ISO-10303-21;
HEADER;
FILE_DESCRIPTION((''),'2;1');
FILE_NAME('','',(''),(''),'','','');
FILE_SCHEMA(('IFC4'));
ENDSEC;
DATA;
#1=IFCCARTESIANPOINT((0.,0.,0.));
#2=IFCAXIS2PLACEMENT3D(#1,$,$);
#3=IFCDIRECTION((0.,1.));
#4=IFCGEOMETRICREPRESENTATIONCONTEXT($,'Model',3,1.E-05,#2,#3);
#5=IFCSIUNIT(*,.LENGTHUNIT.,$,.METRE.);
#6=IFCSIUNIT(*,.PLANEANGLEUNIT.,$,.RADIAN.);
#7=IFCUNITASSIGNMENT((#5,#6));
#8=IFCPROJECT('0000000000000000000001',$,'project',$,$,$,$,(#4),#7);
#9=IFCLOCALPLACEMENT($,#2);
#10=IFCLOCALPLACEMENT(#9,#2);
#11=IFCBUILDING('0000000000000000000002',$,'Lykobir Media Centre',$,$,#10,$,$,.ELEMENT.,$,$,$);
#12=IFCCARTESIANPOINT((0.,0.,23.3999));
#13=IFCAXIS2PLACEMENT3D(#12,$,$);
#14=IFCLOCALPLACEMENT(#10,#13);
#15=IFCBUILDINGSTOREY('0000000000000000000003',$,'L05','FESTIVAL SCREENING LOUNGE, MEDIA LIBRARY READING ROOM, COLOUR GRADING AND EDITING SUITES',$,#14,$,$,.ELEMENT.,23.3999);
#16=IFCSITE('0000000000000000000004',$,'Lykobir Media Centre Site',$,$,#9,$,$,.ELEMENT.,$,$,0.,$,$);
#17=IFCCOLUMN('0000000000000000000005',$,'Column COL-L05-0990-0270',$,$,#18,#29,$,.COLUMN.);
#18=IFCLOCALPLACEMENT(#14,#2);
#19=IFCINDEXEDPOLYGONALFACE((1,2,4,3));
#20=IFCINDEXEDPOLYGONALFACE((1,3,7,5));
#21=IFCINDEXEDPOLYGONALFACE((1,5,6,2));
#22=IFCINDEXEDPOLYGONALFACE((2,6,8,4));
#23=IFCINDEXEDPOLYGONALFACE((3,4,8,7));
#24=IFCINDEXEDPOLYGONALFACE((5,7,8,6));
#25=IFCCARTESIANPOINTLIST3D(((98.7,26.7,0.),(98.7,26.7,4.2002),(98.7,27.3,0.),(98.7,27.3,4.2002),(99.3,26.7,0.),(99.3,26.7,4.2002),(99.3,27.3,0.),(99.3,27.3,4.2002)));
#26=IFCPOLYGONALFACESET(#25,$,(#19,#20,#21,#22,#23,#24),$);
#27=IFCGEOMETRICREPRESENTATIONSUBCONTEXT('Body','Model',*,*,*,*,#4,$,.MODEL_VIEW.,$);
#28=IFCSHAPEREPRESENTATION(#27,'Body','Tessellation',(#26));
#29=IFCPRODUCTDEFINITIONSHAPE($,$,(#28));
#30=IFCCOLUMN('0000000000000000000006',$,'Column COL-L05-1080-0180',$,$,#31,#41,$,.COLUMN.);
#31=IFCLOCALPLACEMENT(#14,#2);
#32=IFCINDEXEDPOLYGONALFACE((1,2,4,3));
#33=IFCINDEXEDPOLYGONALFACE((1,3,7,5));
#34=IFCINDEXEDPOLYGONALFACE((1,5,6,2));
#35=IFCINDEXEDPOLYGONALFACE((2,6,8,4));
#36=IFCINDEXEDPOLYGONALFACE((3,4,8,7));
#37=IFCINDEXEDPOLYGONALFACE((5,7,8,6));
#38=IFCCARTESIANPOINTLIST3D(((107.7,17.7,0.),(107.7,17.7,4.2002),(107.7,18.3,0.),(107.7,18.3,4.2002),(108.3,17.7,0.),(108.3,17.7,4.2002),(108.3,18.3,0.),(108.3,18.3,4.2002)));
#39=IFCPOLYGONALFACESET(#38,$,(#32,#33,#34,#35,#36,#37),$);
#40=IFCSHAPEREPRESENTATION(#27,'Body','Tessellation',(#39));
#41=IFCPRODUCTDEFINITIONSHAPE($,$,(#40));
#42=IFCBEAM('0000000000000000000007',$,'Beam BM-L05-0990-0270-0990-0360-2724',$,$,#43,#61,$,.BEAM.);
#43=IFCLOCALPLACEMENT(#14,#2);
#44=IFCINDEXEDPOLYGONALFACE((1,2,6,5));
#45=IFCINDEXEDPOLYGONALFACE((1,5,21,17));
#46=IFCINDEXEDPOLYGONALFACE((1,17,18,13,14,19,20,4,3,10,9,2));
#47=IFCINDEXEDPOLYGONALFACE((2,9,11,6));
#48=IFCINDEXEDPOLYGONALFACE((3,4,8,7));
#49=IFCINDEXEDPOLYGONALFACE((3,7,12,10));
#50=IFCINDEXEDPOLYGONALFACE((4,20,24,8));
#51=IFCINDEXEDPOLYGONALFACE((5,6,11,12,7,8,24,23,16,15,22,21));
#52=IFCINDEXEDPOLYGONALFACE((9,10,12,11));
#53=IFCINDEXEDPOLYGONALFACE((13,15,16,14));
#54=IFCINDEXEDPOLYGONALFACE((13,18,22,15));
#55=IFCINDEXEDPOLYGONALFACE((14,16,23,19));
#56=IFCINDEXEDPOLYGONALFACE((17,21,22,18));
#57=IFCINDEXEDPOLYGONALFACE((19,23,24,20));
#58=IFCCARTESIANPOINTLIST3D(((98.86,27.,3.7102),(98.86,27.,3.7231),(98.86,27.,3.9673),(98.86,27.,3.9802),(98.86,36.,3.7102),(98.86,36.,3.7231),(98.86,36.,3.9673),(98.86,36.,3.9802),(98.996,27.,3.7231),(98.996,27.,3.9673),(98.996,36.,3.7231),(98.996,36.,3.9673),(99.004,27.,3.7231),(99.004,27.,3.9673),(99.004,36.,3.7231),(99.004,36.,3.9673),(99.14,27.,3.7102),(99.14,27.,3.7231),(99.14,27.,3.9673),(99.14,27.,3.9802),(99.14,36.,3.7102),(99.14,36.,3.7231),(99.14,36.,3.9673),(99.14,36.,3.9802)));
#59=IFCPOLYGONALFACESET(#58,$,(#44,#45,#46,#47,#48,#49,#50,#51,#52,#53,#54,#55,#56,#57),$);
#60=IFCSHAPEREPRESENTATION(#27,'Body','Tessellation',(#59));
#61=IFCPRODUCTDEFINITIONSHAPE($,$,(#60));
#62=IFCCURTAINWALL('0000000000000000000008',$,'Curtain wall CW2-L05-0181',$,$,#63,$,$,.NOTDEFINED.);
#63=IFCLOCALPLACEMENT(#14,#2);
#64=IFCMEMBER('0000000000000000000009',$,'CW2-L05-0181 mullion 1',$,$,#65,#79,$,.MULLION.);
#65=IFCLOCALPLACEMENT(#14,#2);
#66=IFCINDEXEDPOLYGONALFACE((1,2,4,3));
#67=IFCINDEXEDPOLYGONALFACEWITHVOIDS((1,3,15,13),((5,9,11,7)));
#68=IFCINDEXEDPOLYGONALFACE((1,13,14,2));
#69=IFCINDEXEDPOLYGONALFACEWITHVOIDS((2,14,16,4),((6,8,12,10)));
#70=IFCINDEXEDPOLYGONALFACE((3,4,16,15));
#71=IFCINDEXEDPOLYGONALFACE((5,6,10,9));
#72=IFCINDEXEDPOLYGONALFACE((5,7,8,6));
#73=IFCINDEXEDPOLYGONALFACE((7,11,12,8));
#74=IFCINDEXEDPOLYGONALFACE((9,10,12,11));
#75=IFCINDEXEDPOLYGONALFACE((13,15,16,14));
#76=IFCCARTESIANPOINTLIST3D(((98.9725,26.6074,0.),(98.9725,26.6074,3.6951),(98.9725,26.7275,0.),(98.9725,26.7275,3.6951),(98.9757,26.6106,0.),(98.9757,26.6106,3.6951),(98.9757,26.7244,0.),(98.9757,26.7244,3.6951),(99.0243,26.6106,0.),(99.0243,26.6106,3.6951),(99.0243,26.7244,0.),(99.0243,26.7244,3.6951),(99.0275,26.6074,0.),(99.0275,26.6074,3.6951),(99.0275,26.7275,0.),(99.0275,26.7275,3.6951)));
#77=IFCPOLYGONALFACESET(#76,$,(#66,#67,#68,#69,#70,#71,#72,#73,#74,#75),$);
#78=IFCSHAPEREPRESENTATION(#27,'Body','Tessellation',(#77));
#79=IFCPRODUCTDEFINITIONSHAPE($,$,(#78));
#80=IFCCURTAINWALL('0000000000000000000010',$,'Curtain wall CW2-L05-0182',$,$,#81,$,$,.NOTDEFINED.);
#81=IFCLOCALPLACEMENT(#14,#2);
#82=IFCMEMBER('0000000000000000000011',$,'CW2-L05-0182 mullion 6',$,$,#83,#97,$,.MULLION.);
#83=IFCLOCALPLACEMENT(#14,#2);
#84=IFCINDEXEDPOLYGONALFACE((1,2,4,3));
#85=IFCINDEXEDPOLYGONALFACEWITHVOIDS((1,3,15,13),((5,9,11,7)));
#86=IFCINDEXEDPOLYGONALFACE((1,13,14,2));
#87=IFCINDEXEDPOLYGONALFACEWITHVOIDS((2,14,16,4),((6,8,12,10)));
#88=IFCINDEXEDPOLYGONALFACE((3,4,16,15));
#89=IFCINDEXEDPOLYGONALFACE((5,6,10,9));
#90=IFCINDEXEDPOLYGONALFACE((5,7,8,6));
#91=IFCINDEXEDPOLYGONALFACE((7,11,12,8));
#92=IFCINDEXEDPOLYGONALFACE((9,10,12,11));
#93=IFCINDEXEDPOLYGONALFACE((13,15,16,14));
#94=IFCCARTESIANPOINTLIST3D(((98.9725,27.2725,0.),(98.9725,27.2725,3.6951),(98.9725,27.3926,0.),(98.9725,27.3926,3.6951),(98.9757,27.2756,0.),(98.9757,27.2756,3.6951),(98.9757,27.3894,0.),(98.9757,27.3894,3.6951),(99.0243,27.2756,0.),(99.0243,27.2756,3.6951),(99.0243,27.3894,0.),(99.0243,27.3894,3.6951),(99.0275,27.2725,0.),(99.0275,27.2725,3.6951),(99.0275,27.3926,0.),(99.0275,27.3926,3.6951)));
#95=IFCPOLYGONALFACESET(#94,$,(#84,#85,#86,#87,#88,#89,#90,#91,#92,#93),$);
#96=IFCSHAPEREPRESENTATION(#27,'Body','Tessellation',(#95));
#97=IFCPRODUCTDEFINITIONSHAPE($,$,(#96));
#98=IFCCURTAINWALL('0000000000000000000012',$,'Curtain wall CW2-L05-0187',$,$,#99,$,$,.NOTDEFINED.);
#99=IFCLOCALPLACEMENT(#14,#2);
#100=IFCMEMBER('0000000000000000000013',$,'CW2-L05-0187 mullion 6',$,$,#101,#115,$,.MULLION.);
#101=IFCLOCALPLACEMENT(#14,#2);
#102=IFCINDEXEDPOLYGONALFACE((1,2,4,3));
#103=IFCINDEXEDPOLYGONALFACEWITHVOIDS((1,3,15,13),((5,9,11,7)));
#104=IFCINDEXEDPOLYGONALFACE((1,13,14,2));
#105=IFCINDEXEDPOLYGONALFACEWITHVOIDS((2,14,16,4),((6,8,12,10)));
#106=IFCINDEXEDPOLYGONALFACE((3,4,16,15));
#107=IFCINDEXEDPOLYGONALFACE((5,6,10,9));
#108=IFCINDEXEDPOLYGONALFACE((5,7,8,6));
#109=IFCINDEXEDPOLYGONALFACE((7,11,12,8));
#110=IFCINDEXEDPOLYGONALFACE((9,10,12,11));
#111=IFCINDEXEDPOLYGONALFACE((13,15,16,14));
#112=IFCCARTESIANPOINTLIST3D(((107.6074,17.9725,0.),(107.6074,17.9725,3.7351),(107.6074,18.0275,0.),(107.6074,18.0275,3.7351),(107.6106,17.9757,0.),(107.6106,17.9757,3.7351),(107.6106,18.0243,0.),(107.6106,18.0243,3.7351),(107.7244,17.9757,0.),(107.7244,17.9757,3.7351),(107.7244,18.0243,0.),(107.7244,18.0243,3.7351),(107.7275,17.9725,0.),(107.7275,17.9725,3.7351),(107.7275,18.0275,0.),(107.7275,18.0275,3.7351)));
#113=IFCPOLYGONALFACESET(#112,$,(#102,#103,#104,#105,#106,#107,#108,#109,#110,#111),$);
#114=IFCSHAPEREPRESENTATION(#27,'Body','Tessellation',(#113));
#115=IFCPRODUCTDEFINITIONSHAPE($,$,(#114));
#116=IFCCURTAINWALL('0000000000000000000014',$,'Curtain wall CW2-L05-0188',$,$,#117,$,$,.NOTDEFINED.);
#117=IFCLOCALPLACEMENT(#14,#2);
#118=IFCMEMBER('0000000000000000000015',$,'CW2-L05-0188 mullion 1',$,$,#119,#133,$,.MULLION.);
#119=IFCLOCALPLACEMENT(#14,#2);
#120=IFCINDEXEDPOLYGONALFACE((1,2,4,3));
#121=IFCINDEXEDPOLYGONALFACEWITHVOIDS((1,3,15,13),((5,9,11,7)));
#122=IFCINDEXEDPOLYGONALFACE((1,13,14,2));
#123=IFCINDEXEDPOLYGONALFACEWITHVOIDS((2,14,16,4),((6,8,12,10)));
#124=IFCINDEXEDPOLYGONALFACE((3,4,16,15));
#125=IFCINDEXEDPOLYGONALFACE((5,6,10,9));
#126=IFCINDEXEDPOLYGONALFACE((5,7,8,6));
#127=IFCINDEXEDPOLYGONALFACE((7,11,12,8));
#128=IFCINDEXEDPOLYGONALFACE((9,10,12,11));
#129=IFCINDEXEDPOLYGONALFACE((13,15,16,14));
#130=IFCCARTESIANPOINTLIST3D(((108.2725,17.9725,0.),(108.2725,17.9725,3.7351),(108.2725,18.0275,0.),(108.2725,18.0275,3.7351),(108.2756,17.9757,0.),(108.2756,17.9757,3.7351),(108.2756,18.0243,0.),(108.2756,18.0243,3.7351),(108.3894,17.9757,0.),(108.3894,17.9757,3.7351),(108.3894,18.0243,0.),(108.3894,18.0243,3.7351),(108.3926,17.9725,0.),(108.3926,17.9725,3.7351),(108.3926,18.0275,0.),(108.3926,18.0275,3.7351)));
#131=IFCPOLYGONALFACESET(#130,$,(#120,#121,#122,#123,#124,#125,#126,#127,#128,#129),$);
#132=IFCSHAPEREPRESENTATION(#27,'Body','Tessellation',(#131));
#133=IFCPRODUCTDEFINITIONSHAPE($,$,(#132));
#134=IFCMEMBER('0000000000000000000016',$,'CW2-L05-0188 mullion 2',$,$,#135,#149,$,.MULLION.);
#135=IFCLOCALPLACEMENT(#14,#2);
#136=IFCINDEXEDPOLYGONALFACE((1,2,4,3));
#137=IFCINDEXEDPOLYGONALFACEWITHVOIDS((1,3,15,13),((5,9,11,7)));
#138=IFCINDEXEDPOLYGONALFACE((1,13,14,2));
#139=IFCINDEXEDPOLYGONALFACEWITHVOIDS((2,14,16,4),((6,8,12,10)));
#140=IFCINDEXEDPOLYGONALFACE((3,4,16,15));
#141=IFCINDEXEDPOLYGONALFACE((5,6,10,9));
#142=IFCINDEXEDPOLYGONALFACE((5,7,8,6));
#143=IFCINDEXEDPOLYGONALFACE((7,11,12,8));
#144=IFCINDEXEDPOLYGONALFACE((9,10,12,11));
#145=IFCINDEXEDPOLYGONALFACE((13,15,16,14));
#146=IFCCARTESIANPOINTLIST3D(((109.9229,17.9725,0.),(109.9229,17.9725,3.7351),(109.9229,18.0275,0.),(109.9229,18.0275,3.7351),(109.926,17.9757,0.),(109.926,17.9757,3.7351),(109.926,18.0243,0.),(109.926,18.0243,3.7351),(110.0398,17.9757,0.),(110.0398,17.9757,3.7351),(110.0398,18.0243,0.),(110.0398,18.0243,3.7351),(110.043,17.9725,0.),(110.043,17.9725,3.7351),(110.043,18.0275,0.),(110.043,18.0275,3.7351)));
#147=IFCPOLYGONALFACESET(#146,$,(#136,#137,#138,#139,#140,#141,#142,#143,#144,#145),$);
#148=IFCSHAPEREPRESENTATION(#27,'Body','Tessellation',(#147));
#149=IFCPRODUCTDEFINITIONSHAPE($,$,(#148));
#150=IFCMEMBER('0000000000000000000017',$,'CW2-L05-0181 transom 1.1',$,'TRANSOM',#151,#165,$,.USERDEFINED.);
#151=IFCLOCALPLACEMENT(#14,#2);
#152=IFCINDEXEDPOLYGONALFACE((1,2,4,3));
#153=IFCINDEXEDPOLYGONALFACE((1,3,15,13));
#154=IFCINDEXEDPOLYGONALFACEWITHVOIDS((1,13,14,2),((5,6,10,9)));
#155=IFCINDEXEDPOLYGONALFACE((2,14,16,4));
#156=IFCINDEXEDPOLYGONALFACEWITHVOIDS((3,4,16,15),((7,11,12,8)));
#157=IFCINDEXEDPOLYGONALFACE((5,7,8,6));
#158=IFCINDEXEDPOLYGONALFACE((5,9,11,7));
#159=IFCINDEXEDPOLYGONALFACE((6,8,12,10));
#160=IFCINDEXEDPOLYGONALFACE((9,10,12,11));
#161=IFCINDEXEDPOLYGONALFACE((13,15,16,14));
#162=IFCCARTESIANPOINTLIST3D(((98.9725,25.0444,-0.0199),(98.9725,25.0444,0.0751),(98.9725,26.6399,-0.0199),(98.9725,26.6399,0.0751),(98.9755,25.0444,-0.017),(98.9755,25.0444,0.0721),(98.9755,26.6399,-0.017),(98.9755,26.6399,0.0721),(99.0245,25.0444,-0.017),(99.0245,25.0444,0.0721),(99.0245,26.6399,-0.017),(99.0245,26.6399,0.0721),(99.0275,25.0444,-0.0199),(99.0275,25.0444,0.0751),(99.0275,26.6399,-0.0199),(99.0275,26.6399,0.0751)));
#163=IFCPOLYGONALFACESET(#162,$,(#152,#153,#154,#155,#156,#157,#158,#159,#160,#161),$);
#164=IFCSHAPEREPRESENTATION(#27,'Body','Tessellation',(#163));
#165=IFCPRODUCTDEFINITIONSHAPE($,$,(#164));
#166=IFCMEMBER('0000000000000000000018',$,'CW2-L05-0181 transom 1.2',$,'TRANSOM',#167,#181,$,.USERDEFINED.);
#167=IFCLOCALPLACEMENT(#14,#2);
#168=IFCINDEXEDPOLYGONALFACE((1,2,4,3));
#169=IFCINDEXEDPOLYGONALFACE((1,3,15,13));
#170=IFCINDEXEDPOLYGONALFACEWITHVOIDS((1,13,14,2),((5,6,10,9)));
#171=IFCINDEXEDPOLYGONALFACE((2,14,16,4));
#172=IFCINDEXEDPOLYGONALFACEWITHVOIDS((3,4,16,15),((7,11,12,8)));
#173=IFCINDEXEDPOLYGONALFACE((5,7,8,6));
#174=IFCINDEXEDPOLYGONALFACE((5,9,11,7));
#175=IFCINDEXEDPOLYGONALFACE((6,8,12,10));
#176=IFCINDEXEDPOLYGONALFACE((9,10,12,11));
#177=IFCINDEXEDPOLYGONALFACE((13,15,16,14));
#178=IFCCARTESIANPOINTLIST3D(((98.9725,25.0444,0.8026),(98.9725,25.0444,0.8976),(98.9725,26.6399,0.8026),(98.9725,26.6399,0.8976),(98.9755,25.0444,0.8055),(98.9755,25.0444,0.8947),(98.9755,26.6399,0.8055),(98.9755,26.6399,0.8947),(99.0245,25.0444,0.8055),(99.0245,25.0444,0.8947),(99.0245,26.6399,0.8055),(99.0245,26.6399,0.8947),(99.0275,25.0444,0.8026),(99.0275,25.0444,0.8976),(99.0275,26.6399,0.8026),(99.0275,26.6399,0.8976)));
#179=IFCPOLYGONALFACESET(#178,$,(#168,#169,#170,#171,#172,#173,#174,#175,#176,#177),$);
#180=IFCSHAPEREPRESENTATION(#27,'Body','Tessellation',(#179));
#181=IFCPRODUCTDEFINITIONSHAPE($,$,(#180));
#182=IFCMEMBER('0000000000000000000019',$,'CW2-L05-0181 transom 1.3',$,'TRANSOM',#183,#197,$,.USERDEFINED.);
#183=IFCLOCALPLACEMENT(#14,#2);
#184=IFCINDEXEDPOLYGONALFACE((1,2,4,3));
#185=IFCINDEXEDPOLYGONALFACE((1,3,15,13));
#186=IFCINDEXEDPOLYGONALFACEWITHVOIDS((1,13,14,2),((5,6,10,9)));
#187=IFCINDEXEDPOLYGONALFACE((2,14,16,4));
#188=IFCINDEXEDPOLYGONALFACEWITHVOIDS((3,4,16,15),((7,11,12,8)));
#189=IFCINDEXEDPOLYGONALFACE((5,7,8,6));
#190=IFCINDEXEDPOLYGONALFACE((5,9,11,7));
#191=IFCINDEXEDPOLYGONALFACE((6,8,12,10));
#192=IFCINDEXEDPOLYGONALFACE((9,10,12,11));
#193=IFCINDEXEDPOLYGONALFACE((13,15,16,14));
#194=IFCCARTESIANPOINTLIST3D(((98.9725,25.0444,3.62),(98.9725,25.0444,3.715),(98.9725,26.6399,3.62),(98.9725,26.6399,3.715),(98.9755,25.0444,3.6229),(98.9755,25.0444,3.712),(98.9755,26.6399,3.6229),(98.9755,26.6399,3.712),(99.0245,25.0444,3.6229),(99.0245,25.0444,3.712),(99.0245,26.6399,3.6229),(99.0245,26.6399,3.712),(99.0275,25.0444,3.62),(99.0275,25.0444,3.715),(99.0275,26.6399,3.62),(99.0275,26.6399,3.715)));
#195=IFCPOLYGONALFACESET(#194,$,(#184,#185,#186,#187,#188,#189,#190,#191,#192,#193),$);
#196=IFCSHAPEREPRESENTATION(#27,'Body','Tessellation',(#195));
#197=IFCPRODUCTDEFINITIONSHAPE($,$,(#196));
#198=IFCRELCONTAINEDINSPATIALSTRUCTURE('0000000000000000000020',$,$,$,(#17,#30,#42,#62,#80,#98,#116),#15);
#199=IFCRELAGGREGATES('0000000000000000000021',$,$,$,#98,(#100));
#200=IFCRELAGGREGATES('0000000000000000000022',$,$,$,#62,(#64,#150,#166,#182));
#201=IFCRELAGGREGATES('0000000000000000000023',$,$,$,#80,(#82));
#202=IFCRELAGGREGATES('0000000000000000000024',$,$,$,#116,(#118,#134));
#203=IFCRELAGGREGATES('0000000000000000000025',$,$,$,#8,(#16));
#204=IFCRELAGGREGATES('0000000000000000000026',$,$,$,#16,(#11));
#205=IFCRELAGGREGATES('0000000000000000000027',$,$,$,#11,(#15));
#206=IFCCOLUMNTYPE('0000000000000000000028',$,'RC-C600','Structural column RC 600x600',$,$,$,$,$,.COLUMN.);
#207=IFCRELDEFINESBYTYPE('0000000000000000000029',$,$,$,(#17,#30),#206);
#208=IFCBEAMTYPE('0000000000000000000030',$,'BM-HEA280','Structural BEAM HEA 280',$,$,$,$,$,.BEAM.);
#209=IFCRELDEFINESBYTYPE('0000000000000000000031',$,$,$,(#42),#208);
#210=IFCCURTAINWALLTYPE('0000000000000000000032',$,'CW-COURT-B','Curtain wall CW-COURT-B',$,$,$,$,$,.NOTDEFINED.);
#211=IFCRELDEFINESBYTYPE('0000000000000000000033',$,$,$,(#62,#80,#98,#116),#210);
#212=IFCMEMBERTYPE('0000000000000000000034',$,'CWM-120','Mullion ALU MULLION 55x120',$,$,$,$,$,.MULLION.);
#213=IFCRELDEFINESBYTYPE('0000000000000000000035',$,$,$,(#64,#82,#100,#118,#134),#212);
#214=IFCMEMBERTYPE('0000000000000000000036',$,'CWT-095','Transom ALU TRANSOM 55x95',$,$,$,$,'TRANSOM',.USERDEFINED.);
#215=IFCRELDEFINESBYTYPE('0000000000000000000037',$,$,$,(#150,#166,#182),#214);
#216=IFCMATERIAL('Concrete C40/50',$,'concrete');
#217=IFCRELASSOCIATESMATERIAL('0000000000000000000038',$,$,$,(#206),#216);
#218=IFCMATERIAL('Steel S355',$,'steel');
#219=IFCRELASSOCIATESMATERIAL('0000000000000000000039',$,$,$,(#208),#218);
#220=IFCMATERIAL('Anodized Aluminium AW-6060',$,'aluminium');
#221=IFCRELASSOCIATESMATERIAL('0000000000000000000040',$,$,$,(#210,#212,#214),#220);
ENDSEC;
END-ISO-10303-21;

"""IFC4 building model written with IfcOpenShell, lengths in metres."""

from ifc_helpers import new_model, si_unit, direction, frame, origin, origin_2d, place, context, subcontext, project, spatial, rectangle, hollow_rectangle, i_section, extrude, material, material_profile, profile_set, type_object, element, aggregate, save


model = new_model("IFC4")

# Units and contexts
model_context = context("Model", 3, precision=1e-05, world=origin(), true_north=direction((0.0, 1.0)))
body_context = subcontext(model_context, "Body", "Model", "MODEL_VIEW")
ifc_project = project(units=[si_unit("LENGTHUNIT", "METRE"), si_unit("PLANEANGLEUNIT", "RADIAN")], contexts=[model_context])

# Site, building, storey
site_placement = place(None, origin())
site = spatial("IfcSite", under=ifc_project, at=site_placement, Name="Lykobir Media Centre Site", CompositionType="ELEMENT", RefElevation=0.0)
building_placement = place(site_placement, origin())
building = spatial("IfcBuilding", under=site, at=building_placement, Name="Lykobir Media Centre", CompositionType="ELEMENT")
storey_placement = place(building_placement, frame((0.0, 0.0, 23.3999)))
storey = spatial("IfcBuildingStorey", under=building, at=storey_placement, Name="L05", Description="FESTIVAL SCREENING LOUNGE, MEDIA LIBRARY READING ROOM, COLOUR GRADING AND EDITING SUITES", CompositionType="ELEMENT", Elevation=23.3999)

# Columns
ifc_material_1 = material(Name="Concrete C40/50", Category="concrete")
ifc_material_profile_1 = material_profile(ifc_material_1, rectangle(XDim=0.6001, YDim=0.6001, at=origin_2d()), Name="RC 600x600")
ifc_profile_set_1 = profile_set([ifc_material_profile_1], Name="Concrete C40/50")
column_type = type_object("IfcColumnType", Name="RC-C600", Description="Structural column RC 600x600", PredefinedType="COLUMN", material=ifc_profile_set_1)
for number, where, z_axis, x_axis, name in (
    (1, (99.0, 27.0, 0.0), (0.0, 0.0, 1.0), (1.0, 0.0, 0.0), "Column COL-L05-0990-0270"),
    (2, (108.0, 18.0, 0.0), (0.0, 0.0, 1.0), (1.0, 0.0, 0.0), "Column COL-L05-1080-0180"),
):
    element("IfcColumn", number, at=place(storey_placement, frame(where, z_axis=z_axis, x_axis=x_axis)), inside=storey, type_object=column_type, Name=name, PredefinedType="COLUMN", context=body_context, shape_type="SweptSolid", body=[
        extrude(rectangle(XDim=0.6001, YDim=0.6001, at=origin_2d()), origin(), (0.0, 0.0, 1.0), 4.2002),
    ])

# Beam
ifc_material_2 = material(Name="Steel S355", Category="steel")
ifc_material_profile_2 = material_profile(ifc_material_2, i_section(OverallWidth=0.28, OverallDepth=0.27, WebThickness=0.0081, FlangeThickness=0.0129, at=origin_2d()), Name="HEA 280")
ifc_profile_set_2 = profile_set([ifc_material_profile_2], Name="Steel S355")
beam_type_1 = type_object("IfcBeamType", Name="BM-HEA280", Description="Structural BEAM HEA 280", PredefinedType="BEAM", material=ifc_profile_set_2)
beam_1_placement = place(storey_placement, frame((99.0, 27.0, 3.8452), z_axis=(0.0, 1.0, 0.0), x_axis=(-1.0, 0.0, 0.0)))
element("IfcBeam", 3, at=beam_1_placement, inside=storey, type_object=beam_type_1, Name="Beam BM-L05-0990-0270-0990-0360-2724", PredefinedType="BEAM", context=body_context, shape_type="SweptSolid", body=[
    extrude(i_section(OverallWidth=0.28, OverallDepth=0.27, WebThickness=0.0081, FlangeThickness=0.0129, at=origin_2d()), origin(), (0.0, 0.0, 1.0), 9.0),
])

# Curtain walls, members
ifc_material_3 = material(Name="Anodized Aluminium AW-6060", Category="aluminium")
curtain_wall_type = type_object("IfcCurtainWallType", Name="CW-COURT-B", Description="Curtain wall CW-COURT-B", PredefinedType="NOTDEFINED", material=ifc_material_3)
curtain_wall_1_placement = place(storey_placement, origin())
curtain_wall_1 = element("IfcCurtainWall", 4, at=curtain_wall_1_placement, inside=storey, type_object=curtain_wall_type, Name="Curtain wall CW2-L05-0181", PredefinedType="NOTDEFINED")
ifc_material_profile_3 = material_profile(ifc_material_3, hollow_rectangle(XDim=0.0549, YDim=0.1201, WallThickness=0.0032, at=origin_2d()), Name="ALU MULLION 55x120")
ifc_profile_set_3 = profile_set([ifc_material_profile_3], Name="Anodized Aluminium AW-6060")
member_type_1 = type_object("IfcMemberType", Name="CWM-120", Description="Mullion ALU MULLION 55x120", PredefinedType="MULLION", material=ifc_profile_set_3)
member_1_placement = place(storey_placement, frame((99.0, 26.6675, 0.0), z_axis=(0.0, 0.0, 1.0), x_axis=(1.0, 0.0, 0.0)))
member_1 = element("IfcMember", 5, at=member_1_placement, type_object=member_type_1, Name="CW2-L05-0181 mullion 1", PredefinedType="MULLION", context=body_context, shape_type="SweptSolid", body=[
    extrude(hollow_rectangle(XDim=0.0549, YDim=0.1201, WallThickness=0.0032, at=origin_2d()), origin(), (0.0, 0.0, 1.0), 3.6951),
])
curtain_wall_2_placement = place(storey_placement, origin())
curtain_wall_2 = element("IfcCurtainWall", 6, at=curtain_wall_2_placement, inside=storey, type_object=curtain_wall_type, Name="Curtain wall CW2-L05-0182", PredefinedType="NOTDEFINED")
member_2_placement = place(storey_placement, frame((99.0, 27.3325, 0.0), z_axis=(0.0, 0.0, 1.0), x_axis=(1.0, 0.0, 0.0)))
member_2 = element("IfcMember", 7, at=member_2_placement, type_object=member_type_1, Name="CW2-L05-0182 mullion 6", PredefinedType="MULLION", context=body_context, shape_type="SweptSolid", body=[
    extrude(hollow_rectangle(XDim=0.0549, YDim=0.1201, WallThickness=0.0032, at=origin_2d()), origin(), (0.0, 0.0, 1.0), 3.6951),
])
curtain_wall_3_placement = place(storey_placement, origin())
curtain_wall_3 = element("IfcCurtainWall", 8, at=curtain_wall_3_placement, inside=storey, type_object=curtain_wall_type, Name="Curtain wall CW2-L05-0187", PredefinedType="NOTDEFINED")
member_3_placement = place(storey_placement, frame((107.6675, 18.0, 0.0), z_axis=(0.0, 0.0, 1.0), x_axis=(0.0, 1.0, 0.0)))
member_3 = element("IfcMember", 9, at=member_3_placement, type_object=member_type_1, Name="CW2-L05-0187 mullion 6", PredefinedType="MULLION", context=body_context, shape_type="SweptSolid", body=[
    extrude(hollow_rectangle(XDim=0.0549, YDim=0.1201, WallThickness=0.0032, at=origin_2d()), origin(), (0.0, 0.0, 1.0), 3.7351),
])
aggregate(curtain_wall_3, [member_3])

# Curtain wall, members
curtain_wall_4_placement = place(storey_placement, origin())
curtain_wall_4 = element("IfcCurtainWall", 10, at=curtain_wall_4_placement, inside=storey, type_object=curtain_wall_type, Name="Curtain wall CW2-L05-0188", PredefinedType="NOTDEFINED")
member_4_placement = place(storey_placement, frame((108.3325, 18.0, 0.0), z_axis=(0.0, 0.0, 1.0), x_axis=(0.0, 1.0, 0.0)))
member_4 = element("IfcMember", 11, at=member_4_placement, type_object=member_type_1, Name="CW2-L05-0188 mullion 1", PredefinedType="MULLION", context=body_context, shape_type="SweptSolid", body=[
    extrude(hollow_rectangle(XDim=0.0549, YDim=0.1201, WallThickness=0.0032, at=origin_2d()), origin(), (0.0, 0.0, 1.0), 3.7351),
])
member_5_placement = place(storey_placement, frame((109.9829, 18.0, 0.0), z_axis=(0.0, 0.0, 1.0), x_axis=(0.0, 1.0, 0.0)))
member_5 = element("IfcMember", 12, at=member_5_placement, type_object=member_type_1, Name="CW2-L05-0188 mullion 2", PredefinedType="MULLION", context=body_context, shape_type="SweptSolid", body=[
    extrude(hollow_rectangle(XDim=0.0549, YDim=0.1201, WallThickness=0.0032, at=origin_2d()), origin(), (0.0, 0.0, 1.0), 3.7351),
])

# Members
ifc_material_profile_4 = material_profile(ifc_material_3, hollow_rectangle(XDim=0.0549, YDim=0.095, WallThickness=0.0029, at=origin_2d()), Name="ALU TRANSOM 55x95")
ifc_profile_set_4 = profile_set([ifc_material_profile_4], Name="Anodized Aluminium AW-6060")
member_type_2 = type_object("IfcMemberType", Name="CWT-095", Description="Transom ALU TRANSOM 55x95", ElementType="TRANSOM", PredefinedType="USERDEFINED", material=ifc_profile_set_4)
member_6_placement = place(storey_placement, frame((99.0, 26.6399, 0.0276), z_axis=(0.0, -1.0, 0.0), x_axis=(1.0, 0.0, 0.0)))
member_6 = element("IfcMember", 13, at=member_6_placement, type_object=member_type_2, Name="CW2-L05-0181 transom 1.1", ObjectType="TRANSOM", PredefinedType="USERDEFINED", context=body_context, shape_type="SweptSolid", body=[
    extrude(hollow_rectangle(XDim=0.0549, YDim=0.095, WallThickness=0.0029, at=origin_2d()), origin(), (0.0, 0.0, 1.0), 1.5955),
])
member_7_placement = place(storey_placement, frame((99.0, 26.6399, 0.8501), z_axis=(0.0, -1.0, 0.0), x_axis=(1.0, 0.0, 0.0)))
member_7 = element("IfcMember", 14, at=member_7_placement, type_object=member_type_2, Name="CW2-L05-0181 transom 1.2", ObjectType="TRANSOM", PredefinedType="USERDEFINED", context=body_context, shape_type="SweptSolid", body=[
    extrude(hollow_rectangle(XDim=0.0549, YDim=0.095, WallThickness=0.0029, at=origin_2d()), origin(), (0.0, 0.0, 1.0), 1.5955),
])
member_8_placement = place(storey_placement, frame((99.0, 26.6399, 3.6675), z_axis=(0.0, -1.0, 0.0), x_axis=(1.0, 0.0, 0.0)))
member_8 = element("IfcMember", 15, at=member_8_placement, type_object=member_type_2, Name="CW2-L05-0181 transom 1.3", ObjectType="TRANSOM", PredefinedType="USERDEFINED", context=body_context, shape_type="SweptSolid", body=[
    extrude(hollow_rectangle(XDim=0.0549, YDim=0.095, WallThickness=0.0029, at=origin_2d()), origin(), (0.0, 0.0, 1.0), 1.5955),
])

aggregate(curtain_wall_1, [member_1, member_6, member_7, member_8])
aggregate(curtain_wall_2, [member_2])
aggregate(curtain_wall_4, [member_4, member_5])

save(model, "model.ifc")
